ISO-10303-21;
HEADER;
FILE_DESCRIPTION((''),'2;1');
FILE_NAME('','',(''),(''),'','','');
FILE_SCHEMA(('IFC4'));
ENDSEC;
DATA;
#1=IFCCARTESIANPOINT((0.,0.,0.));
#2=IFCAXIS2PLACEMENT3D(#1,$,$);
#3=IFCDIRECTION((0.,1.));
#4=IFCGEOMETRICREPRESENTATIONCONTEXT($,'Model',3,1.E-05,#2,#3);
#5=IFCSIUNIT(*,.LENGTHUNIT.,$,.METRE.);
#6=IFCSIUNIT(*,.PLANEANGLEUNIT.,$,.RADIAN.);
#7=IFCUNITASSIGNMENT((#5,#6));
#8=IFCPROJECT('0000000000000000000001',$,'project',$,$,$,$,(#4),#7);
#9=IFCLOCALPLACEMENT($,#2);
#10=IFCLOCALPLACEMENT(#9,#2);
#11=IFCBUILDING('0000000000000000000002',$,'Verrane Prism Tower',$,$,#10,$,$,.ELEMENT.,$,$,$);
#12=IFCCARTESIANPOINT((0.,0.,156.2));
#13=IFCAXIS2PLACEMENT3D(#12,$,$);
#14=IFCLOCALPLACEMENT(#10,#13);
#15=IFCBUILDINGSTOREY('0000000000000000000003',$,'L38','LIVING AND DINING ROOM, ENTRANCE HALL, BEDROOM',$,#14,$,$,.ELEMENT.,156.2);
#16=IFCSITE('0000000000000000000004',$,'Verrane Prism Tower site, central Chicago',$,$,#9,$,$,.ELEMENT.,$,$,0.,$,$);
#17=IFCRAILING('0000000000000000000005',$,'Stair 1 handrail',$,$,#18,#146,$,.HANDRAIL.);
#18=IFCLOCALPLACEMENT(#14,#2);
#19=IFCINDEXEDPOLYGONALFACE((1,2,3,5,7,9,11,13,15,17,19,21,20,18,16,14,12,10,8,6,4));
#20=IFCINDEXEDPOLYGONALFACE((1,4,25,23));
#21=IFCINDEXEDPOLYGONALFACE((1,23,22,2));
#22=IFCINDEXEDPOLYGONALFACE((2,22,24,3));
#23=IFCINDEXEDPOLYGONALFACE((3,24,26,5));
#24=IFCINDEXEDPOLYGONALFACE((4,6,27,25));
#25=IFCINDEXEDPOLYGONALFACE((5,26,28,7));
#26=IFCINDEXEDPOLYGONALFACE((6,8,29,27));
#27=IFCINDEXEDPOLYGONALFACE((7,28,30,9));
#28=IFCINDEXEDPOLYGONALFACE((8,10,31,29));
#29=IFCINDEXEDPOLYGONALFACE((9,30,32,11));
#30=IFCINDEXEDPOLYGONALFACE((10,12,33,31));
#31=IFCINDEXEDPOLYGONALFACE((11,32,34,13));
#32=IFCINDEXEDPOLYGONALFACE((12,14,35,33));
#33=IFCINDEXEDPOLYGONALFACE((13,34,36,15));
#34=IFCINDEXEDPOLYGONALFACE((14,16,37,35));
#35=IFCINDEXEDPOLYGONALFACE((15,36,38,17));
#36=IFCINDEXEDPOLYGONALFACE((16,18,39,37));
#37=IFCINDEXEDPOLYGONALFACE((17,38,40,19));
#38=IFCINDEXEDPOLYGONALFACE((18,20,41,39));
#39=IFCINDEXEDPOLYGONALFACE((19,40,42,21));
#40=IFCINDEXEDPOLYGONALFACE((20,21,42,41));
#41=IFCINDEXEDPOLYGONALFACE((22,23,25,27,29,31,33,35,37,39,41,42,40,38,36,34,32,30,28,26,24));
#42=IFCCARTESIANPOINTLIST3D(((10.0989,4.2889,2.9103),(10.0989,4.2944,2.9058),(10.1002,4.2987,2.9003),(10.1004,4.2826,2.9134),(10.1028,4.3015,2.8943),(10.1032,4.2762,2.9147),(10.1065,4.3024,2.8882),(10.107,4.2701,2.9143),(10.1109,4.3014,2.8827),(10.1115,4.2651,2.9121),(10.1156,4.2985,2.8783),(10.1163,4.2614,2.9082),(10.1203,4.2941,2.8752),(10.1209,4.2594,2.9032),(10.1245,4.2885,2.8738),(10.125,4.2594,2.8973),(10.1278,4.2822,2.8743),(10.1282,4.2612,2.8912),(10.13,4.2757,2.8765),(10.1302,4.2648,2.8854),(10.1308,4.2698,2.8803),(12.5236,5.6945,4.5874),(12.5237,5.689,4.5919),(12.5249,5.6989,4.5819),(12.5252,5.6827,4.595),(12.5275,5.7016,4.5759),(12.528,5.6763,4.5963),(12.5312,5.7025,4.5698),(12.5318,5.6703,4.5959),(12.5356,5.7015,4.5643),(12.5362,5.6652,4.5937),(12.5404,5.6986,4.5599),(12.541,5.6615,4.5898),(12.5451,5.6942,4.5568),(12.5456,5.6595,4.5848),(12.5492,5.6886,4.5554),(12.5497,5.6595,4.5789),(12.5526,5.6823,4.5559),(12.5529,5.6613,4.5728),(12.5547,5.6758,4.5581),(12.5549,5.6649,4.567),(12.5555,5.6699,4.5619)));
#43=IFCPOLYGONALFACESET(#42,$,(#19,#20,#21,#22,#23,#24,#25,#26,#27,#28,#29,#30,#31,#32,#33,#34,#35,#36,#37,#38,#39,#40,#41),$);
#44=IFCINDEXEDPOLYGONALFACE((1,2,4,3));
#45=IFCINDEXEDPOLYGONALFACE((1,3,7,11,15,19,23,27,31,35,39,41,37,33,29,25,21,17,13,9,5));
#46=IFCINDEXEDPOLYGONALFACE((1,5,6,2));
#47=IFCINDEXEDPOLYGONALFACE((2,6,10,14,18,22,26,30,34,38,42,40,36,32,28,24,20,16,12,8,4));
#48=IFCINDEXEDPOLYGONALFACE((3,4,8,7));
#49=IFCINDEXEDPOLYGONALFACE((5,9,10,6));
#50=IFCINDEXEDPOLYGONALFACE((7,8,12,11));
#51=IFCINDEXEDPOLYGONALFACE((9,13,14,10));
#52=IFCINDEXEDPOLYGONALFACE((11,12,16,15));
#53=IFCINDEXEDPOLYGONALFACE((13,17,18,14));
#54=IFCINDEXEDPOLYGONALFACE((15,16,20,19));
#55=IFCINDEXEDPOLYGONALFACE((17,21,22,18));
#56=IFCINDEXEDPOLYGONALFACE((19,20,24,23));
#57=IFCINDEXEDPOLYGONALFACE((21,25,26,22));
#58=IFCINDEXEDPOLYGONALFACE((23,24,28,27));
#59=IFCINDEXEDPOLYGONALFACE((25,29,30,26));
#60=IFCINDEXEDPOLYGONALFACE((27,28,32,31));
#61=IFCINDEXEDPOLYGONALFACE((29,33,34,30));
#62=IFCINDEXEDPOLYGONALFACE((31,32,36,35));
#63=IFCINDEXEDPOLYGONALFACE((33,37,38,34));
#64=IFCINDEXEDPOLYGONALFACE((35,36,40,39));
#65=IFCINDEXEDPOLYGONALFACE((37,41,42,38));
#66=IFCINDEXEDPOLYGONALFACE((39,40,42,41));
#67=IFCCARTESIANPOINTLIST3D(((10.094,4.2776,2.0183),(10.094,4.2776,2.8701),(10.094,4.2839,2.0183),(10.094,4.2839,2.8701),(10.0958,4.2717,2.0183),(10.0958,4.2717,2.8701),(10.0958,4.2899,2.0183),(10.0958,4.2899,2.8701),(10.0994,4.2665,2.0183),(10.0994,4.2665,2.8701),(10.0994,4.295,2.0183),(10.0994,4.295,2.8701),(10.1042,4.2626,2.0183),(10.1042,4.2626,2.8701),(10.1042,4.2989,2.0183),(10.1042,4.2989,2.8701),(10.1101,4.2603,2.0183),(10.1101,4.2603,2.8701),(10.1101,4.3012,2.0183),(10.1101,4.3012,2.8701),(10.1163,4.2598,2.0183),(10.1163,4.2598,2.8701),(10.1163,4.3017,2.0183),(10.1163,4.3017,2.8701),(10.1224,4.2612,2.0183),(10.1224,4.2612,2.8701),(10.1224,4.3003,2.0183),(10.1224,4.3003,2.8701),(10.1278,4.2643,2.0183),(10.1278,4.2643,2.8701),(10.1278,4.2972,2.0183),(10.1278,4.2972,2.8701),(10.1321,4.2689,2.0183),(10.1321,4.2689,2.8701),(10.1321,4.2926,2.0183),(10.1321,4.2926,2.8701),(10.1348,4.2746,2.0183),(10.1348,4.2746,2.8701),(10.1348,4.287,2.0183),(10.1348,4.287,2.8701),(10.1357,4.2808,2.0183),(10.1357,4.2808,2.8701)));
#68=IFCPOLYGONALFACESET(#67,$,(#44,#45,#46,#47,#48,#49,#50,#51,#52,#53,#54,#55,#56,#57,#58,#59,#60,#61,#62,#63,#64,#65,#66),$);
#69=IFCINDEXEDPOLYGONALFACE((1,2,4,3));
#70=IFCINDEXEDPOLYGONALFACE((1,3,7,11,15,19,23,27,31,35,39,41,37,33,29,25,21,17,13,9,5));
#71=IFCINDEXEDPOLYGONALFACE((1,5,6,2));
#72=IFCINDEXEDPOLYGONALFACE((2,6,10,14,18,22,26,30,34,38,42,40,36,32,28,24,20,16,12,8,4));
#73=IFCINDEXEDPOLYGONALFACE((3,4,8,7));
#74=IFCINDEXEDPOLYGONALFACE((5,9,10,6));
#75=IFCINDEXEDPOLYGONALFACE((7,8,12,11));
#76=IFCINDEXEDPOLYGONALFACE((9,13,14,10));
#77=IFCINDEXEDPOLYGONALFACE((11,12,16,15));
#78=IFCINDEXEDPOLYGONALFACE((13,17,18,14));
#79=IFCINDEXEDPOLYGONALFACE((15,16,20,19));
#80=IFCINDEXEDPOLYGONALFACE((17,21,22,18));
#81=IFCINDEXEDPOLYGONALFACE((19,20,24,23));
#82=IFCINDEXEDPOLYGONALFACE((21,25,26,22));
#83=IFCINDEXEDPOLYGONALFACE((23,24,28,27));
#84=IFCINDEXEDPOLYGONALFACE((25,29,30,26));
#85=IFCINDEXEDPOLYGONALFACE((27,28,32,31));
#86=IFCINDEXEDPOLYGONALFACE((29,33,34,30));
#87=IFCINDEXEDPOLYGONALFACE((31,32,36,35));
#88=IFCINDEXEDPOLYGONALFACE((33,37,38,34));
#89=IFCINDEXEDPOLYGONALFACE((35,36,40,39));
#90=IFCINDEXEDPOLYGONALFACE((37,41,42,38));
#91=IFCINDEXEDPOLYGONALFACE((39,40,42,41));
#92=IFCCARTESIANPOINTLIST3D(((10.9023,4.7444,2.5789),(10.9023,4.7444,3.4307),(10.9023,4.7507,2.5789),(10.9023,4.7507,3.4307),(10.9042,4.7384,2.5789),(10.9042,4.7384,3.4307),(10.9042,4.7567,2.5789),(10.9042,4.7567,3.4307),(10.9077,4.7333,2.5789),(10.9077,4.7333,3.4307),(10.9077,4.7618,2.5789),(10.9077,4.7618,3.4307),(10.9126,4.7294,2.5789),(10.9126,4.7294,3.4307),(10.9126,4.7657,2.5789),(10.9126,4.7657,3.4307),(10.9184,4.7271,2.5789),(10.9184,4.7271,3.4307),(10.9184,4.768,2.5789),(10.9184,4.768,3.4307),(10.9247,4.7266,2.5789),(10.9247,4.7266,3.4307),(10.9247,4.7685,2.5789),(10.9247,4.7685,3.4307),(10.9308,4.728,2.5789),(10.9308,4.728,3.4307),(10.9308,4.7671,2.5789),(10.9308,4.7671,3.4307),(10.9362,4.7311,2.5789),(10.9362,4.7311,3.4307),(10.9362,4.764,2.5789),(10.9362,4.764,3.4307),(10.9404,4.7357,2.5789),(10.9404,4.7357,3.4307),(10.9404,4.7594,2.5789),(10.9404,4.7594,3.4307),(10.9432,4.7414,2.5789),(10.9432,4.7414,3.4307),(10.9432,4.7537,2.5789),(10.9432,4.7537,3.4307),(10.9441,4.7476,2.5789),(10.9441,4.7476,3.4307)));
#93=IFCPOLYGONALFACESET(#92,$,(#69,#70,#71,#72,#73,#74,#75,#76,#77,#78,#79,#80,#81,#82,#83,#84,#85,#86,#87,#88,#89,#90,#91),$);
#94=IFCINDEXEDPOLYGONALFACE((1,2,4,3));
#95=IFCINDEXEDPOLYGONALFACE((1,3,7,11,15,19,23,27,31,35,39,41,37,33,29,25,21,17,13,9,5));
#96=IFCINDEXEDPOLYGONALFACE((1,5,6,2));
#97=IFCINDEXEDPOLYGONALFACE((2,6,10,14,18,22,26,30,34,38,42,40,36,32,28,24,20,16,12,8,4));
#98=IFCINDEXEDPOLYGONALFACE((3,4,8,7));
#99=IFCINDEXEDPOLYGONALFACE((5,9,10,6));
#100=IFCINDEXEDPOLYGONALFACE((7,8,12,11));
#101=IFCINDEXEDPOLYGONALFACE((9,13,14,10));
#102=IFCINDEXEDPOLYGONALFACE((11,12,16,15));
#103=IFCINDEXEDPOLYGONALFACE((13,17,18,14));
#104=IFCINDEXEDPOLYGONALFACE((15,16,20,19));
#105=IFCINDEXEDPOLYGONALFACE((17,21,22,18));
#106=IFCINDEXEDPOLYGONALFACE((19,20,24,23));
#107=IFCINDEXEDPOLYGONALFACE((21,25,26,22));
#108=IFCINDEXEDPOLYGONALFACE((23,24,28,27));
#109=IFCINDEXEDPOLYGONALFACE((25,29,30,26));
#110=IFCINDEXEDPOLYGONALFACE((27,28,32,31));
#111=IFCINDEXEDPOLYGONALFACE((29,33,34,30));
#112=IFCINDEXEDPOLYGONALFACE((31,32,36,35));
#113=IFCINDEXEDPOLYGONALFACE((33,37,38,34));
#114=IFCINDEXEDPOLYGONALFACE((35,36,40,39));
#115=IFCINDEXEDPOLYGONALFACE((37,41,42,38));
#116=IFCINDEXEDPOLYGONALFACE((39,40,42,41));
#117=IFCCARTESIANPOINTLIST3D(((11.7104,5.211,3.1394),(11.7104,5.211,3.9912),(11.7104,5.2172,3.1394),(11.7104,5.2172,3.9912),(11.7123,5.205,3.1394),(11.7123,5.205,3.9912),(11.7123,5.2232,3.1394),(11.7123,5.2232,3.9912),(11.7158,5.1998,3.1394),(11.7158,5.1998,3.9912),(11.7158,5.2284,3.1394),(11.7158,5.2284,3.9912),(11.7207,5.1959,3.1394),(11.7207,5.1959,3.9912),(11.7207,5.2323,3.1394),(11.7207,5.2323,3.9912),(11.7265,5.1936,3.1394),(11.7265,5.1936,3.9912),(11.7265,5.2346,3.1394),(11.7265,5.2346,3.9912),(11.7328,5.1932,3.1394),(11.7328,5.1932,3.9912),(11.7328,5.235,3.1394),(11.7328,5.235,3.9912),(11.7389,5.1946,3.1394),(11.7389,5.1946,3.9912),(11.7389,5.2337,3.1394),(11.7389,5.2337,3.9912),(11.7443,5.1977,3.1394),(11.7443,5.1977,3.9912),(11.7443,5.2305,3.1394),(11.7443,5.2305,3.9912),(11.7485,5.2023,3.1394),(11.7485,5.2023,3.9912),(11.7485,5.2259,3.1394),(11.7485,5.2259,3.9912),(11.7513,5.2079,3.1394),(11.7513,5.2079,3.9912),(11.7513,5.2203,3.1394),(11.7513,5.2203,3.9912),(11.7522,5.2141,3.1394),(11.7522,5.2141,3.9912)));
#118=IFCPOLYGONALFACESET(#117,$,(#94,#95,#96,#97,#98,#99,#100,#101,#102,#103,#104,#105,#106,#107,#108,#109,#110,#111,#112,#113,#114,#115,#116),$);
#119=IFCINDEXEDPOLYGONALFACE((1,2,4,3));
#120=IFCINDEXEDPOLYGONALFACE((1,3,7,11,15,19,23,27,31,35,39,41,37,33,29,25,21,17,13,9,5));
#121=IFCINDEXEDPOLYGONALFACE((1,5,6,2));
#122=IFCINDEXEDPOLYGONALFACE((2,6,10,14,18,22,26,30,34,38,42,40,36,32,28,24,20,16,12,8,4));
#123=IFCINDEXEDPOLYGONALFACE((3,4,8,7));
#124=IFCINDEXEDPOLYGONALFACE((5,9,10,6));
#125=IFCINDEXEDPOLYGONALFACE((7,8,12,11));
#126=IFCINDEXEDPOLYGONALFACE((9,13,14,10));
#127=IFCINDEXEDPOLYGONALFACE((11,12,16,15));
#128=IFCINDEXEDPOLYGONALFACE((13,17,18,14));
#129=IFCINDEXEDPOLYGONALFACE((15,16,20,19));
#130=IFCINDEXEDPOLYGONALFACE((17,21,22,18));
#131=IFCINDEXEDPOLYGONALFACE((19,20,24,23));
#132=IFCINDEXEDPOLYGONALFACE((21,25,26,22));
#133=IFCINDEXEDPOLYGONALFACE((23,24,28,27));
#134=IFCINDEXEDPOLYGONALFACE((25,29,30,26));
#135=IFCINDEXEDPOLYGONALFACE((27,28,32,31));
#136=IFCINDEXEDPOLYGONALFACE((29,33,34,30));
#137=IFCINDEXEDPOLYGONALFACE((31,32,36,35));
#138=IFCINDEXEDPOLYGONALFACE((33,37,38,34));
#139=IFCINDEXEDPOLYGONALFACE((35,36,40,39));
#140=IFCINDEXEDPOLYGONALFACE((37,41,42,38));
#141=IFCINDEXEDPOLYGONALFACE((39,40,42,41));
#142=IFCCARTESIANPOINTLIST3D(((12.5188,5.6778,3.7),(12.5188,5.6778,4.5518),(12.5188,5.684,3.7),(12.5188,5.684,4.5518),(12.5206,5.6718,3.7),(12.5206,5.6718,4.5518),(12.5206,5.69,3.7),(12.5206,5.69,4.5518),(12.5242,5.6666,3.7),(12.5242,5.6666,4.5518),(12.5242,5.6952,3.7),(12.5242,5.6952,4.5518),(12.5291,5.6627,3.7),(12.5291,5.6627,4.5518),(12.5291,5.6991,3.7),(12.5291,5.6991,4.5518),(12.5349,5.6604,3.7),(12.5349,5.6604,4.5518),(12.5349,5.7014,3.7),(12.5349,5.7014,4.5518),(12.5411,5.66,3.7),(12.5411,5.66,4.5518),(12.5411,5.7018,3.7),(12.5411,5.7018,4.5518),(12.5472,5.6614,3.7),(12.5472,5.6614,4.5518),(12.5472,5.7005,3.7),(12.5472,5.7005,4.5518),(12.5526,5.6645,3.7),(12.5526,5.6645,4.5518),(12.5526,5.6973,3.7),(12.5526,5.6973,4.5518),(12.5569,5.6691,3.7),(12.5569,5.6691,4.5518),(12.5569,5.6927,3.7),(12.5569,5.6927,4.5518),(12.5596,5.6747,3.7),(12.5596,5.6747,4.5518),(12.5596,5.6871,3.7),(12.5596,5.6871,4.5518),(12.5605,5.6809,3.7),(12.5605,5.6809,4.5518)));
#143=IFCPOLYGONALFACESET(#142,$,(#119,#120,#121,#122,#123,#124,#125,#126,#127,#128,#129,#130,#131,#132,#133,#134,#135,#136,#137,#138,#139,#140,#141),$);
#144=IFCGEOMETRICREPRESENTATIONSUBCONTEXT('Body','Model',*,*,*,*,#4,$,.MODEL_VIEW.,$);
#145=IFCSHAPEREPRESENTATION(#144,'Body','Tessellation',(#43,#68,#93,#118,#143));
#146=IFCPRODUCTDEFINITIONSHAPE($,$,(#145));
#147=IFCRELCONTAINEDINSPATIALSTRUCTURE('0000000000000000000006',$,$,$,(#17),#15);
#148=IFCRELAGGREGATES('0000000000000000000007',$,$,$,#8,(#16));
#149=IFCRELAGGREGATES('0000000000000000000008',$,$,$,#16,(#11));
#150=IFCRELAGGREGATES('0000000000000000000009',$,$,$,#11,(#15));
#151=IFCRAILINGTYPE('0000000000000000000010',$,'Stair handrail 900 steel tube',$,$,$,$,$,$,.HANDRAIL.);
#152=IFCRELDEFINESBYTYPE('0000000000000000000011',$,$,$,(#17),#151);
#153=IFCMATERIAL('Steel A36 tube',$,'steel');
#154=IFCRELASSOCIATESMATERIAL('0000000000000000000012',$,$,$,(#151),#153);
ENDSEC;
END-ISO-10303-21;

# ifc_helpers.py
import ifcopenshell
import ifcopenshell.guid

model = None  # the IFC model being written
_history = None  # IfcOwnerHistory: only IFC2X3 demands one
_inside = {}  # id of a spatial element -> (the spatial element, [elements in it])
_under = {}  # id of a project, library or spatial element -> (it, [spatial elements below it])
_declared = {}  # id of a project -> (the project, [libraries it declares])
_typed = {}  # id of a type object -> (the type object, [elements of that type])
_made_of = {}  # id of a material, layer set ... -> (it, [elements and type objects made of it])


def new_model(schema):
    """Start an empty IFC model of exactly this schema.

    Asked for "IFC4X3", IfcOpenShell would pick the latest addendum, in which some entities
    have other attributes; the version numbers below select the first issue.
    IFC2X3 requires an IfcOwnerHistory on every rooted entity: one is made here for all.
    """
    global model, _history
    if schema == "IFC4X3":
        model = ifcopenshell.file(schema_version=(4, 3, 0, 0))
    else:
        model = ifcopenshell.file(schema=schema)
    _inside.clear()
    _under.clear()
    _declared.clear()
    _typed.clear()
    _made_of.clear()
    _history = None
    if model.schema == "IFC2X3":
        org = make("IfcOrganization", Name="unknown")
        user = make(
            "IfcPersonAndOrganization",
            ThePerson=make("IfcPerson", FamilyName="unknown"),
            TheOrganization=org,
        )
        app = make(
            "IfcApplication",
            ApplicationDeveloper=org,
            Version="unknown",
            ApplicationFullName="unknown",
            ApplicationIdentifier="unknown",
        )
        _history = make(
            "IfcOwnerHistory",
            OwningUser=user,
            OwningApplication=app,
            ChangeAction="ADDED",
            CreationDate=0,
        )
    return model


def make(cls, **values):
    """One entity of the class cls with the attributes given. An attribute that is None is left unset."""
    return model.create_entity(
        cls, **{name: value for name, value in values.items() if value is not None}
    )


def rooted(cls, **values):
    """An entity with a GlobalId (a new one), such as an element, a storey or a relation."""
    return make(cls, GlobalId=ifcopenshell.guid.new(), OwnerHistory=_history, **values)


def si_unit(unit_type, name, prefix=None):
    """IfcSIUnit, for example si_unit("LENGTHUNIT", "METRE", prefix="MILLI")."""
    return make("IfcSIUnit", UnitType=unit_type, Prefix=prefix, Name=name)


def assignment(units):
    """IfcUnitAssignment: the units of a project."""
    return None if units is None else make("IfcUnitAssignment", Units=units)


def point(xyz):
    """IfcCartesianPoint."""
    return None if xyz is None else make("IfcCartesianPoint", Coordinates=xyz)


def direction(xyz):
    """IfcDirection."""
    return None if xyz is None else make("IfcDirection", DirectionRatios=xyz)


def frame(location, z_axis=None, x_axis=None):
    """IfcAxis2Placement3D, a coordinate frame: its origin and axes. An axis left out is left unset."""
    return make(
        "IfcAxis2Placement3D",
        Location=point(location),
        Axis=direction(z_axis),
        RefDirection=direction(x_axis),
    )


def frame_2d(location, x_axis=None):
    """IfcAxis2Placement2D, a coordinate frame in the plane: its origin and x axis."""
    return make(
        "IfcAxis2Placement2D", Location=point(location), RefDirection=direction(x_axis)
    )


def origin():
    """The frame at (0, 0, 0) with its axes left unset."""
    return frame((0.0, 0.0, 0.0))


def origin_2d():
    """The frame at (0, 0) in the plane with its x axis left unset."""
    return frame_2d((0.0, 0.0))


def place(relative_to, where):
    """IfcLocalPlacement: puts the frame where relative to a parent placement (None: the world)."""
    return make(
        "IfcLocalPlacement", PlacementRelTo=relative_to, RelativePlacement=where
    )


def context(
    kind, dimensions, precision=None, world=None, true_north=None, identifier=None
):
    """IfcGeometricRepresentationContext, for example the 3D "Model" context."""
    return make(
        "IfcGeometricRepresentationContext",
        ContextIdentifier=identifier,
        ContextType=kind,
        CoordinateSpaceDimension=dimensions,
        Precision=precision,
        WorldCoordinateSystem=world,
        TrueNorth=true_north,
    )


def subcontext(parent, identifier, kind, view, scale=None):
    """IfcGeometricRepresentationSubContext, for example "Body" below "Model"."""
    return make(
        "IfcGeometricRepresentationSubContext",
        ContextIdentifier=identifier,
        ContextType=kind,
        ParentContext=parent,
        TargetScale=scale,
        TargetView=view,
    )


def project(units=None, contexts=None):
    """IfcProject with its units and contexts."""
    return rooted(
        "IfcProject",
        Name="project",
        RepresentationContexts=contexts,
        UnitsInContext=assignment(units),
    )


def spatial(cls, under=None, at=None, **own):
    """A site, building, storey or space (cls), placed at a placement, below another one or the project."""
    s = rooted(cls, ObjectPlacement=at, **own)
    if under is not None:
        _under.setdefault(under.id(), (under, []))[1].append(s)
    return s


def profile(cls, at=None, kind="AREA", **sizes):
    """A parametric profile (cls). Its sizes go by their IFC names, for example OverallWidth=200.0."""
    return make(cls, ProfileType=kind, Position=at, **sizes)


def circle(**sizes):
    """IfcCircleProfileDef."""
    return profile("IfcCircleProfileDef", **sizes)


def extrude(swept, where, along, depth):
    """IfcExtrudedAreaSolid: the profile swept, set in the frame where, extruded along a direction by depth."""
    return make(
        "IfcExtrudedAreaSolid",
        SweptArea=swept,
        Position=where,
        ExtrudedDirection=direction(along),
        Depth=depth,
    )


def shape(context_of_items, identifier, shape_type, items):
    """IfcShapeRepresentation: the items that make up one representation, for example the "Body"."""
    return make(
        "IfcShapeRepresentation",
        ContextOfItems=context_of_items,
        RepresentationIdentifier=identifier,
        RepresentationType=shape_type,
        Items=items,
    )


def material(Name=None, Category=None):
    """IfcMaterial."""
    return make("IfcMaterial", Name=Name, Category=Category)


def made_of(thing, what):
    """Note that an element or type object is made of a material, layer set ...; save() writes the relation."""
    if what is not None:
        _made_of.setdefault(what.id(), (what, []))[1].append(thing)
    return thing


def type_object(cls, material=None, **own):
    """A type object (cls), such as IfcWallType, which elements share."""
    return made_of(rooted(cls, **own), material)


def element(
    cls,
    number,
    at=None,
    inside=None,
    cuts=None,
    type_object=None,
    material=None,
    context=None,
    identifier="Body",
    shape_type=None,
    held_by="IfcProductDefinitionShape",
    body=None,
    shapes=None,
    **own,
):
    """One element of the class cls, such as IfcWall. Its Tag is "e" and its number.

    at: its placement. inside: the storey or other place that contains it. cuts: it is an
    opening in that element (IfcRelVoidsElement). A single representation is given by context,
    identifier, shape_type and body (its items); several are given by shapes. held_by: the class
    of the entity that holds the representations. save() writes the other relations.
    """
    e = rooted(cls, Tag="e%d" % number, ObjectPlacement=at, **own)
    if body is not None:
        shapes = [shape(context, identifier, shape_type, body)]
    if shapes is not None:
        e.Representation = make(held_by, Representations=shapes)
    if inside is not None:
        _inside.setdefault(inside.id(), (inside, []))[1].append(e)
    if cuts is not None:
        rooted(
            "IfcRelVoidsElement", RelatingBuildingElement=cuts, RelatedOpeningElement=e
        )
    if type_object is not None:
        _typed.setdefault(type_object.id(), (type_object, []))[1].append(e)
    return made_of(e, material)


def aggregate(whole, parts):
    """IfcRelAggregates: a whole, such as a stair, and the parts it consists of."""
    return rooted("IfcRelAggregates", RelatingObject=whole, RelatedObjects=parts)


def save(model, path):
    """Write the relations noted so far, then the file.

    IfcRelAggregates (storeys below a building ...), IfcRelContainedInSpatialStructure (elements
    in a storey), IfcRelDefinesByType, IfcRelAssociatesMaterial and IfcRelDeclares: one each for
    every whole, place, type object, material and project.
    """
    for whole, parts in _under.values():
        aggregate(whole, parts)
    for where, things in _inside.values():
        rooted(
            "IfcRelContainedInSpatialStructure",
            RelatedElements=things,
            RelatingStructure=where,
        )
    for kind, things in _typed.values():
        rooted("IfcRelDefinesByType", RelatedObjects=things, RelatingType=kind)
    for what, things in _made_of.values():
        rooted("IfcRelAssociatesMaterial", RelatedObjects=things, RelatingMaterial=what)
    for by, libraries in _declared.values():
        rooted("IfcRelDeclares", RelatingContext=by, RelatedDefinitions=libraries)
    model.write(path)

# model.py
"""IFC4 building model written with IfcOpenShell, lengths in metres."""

from ifc_helpers import new_model, si_unit, direction, frame, origin, origin_2d, place, context, subcontext, project, spatial, circle, extrude, material, type_object, element, save


model = new_model("IFC4")

# Units and contexts
model_context = context("Model", 3, precision=1e-05, world=origin(), true_north=direction((0.0, 1.0)))
body_context = subcontext(model_context, "Body", "Model", "MODEL_VIEW")
ifc_project = project(units=[si_unit("LENGTHUNIT", "METRE"), si_unit("PLANEANGLEUNIT", "RADIAN")], contexts=[model_context])

# Site, building, storey
site_placement = place(None, origin())
site = spatial("IfcSite", under=ifc_project, at=site_placement, Name="Verrane Prism Tower site, central Chicago", CompositionType="ELEMENT", RefElevation=0.0)
building_placement = place(site_placement, origin())
building = spatial("IfcBuilding", under=site, at=building_placement, Name="Verrane Prism Tower", CompositionType="ELEMENT")
storey_placement = place(building_placement, frame((0.0, 0.0, 156.2)))
storey = spatial("IfcBuildingStorey", under=building, at=storey_placement, Name="L38", Description="LIVING AND DINING ROOM, ENTRANCE HALL, BEDROOM", CompositionType="ELEMENT", Elevation=156.2)

# Railing
ifc_material_1 = material(Name="Steel A36 tube", Category="steel")
railing_type_1 = type_object("IfcRailingType", Name="Stair handrail 900 steel tube", PredefinedType="HANDRAIL", material=ifc_material_1)
railing_1_placement = place(storey_placement, frame((10.1147, 4.2808, 2.0183)))
element("IfcRailing", 1, at=railing_1_placement, inside=storey, type_object=railing_type_1, Name="Stair 1 handrail", PredefinedType="HANDRAIL", context=body_context, shape_type="SweptSolid", body=[
    extrude(circle(Radius=0.0239, at=origin_2d()), frame((0.0, 0.0, 0.876), z_axis=(0.742395, 0.428679, 0.514863), x_axis=(-0.50005, 0.865997, 0.0)), (0.0, 0.0, 1.0), 3.2661),
    extrude(circle(Radius=0.021, at=origin_2d()), origin(), (0.0, 0.0, 1.0), 0.8518),
    extrude(circle(Radius=0.021, at=origin_2d()), frame((0.8083, 0.4668, 0.5605)), (0.0, 0.0, 1.0), 0.8518),
    extrude(circle(Radius=0.021, at=origin_2d()), frame((1.6165, 0.9333, 1.1211)), (0.0, 0.0, 1.0), 0.8518),
    extrude(circle(Radius=0.021, at=origin_2d()), frame((2.4248, 1.4001, 1.6816)), (0.0, 0.0, 1.0), 0.8518),
])

save(model, "model.ifc")
